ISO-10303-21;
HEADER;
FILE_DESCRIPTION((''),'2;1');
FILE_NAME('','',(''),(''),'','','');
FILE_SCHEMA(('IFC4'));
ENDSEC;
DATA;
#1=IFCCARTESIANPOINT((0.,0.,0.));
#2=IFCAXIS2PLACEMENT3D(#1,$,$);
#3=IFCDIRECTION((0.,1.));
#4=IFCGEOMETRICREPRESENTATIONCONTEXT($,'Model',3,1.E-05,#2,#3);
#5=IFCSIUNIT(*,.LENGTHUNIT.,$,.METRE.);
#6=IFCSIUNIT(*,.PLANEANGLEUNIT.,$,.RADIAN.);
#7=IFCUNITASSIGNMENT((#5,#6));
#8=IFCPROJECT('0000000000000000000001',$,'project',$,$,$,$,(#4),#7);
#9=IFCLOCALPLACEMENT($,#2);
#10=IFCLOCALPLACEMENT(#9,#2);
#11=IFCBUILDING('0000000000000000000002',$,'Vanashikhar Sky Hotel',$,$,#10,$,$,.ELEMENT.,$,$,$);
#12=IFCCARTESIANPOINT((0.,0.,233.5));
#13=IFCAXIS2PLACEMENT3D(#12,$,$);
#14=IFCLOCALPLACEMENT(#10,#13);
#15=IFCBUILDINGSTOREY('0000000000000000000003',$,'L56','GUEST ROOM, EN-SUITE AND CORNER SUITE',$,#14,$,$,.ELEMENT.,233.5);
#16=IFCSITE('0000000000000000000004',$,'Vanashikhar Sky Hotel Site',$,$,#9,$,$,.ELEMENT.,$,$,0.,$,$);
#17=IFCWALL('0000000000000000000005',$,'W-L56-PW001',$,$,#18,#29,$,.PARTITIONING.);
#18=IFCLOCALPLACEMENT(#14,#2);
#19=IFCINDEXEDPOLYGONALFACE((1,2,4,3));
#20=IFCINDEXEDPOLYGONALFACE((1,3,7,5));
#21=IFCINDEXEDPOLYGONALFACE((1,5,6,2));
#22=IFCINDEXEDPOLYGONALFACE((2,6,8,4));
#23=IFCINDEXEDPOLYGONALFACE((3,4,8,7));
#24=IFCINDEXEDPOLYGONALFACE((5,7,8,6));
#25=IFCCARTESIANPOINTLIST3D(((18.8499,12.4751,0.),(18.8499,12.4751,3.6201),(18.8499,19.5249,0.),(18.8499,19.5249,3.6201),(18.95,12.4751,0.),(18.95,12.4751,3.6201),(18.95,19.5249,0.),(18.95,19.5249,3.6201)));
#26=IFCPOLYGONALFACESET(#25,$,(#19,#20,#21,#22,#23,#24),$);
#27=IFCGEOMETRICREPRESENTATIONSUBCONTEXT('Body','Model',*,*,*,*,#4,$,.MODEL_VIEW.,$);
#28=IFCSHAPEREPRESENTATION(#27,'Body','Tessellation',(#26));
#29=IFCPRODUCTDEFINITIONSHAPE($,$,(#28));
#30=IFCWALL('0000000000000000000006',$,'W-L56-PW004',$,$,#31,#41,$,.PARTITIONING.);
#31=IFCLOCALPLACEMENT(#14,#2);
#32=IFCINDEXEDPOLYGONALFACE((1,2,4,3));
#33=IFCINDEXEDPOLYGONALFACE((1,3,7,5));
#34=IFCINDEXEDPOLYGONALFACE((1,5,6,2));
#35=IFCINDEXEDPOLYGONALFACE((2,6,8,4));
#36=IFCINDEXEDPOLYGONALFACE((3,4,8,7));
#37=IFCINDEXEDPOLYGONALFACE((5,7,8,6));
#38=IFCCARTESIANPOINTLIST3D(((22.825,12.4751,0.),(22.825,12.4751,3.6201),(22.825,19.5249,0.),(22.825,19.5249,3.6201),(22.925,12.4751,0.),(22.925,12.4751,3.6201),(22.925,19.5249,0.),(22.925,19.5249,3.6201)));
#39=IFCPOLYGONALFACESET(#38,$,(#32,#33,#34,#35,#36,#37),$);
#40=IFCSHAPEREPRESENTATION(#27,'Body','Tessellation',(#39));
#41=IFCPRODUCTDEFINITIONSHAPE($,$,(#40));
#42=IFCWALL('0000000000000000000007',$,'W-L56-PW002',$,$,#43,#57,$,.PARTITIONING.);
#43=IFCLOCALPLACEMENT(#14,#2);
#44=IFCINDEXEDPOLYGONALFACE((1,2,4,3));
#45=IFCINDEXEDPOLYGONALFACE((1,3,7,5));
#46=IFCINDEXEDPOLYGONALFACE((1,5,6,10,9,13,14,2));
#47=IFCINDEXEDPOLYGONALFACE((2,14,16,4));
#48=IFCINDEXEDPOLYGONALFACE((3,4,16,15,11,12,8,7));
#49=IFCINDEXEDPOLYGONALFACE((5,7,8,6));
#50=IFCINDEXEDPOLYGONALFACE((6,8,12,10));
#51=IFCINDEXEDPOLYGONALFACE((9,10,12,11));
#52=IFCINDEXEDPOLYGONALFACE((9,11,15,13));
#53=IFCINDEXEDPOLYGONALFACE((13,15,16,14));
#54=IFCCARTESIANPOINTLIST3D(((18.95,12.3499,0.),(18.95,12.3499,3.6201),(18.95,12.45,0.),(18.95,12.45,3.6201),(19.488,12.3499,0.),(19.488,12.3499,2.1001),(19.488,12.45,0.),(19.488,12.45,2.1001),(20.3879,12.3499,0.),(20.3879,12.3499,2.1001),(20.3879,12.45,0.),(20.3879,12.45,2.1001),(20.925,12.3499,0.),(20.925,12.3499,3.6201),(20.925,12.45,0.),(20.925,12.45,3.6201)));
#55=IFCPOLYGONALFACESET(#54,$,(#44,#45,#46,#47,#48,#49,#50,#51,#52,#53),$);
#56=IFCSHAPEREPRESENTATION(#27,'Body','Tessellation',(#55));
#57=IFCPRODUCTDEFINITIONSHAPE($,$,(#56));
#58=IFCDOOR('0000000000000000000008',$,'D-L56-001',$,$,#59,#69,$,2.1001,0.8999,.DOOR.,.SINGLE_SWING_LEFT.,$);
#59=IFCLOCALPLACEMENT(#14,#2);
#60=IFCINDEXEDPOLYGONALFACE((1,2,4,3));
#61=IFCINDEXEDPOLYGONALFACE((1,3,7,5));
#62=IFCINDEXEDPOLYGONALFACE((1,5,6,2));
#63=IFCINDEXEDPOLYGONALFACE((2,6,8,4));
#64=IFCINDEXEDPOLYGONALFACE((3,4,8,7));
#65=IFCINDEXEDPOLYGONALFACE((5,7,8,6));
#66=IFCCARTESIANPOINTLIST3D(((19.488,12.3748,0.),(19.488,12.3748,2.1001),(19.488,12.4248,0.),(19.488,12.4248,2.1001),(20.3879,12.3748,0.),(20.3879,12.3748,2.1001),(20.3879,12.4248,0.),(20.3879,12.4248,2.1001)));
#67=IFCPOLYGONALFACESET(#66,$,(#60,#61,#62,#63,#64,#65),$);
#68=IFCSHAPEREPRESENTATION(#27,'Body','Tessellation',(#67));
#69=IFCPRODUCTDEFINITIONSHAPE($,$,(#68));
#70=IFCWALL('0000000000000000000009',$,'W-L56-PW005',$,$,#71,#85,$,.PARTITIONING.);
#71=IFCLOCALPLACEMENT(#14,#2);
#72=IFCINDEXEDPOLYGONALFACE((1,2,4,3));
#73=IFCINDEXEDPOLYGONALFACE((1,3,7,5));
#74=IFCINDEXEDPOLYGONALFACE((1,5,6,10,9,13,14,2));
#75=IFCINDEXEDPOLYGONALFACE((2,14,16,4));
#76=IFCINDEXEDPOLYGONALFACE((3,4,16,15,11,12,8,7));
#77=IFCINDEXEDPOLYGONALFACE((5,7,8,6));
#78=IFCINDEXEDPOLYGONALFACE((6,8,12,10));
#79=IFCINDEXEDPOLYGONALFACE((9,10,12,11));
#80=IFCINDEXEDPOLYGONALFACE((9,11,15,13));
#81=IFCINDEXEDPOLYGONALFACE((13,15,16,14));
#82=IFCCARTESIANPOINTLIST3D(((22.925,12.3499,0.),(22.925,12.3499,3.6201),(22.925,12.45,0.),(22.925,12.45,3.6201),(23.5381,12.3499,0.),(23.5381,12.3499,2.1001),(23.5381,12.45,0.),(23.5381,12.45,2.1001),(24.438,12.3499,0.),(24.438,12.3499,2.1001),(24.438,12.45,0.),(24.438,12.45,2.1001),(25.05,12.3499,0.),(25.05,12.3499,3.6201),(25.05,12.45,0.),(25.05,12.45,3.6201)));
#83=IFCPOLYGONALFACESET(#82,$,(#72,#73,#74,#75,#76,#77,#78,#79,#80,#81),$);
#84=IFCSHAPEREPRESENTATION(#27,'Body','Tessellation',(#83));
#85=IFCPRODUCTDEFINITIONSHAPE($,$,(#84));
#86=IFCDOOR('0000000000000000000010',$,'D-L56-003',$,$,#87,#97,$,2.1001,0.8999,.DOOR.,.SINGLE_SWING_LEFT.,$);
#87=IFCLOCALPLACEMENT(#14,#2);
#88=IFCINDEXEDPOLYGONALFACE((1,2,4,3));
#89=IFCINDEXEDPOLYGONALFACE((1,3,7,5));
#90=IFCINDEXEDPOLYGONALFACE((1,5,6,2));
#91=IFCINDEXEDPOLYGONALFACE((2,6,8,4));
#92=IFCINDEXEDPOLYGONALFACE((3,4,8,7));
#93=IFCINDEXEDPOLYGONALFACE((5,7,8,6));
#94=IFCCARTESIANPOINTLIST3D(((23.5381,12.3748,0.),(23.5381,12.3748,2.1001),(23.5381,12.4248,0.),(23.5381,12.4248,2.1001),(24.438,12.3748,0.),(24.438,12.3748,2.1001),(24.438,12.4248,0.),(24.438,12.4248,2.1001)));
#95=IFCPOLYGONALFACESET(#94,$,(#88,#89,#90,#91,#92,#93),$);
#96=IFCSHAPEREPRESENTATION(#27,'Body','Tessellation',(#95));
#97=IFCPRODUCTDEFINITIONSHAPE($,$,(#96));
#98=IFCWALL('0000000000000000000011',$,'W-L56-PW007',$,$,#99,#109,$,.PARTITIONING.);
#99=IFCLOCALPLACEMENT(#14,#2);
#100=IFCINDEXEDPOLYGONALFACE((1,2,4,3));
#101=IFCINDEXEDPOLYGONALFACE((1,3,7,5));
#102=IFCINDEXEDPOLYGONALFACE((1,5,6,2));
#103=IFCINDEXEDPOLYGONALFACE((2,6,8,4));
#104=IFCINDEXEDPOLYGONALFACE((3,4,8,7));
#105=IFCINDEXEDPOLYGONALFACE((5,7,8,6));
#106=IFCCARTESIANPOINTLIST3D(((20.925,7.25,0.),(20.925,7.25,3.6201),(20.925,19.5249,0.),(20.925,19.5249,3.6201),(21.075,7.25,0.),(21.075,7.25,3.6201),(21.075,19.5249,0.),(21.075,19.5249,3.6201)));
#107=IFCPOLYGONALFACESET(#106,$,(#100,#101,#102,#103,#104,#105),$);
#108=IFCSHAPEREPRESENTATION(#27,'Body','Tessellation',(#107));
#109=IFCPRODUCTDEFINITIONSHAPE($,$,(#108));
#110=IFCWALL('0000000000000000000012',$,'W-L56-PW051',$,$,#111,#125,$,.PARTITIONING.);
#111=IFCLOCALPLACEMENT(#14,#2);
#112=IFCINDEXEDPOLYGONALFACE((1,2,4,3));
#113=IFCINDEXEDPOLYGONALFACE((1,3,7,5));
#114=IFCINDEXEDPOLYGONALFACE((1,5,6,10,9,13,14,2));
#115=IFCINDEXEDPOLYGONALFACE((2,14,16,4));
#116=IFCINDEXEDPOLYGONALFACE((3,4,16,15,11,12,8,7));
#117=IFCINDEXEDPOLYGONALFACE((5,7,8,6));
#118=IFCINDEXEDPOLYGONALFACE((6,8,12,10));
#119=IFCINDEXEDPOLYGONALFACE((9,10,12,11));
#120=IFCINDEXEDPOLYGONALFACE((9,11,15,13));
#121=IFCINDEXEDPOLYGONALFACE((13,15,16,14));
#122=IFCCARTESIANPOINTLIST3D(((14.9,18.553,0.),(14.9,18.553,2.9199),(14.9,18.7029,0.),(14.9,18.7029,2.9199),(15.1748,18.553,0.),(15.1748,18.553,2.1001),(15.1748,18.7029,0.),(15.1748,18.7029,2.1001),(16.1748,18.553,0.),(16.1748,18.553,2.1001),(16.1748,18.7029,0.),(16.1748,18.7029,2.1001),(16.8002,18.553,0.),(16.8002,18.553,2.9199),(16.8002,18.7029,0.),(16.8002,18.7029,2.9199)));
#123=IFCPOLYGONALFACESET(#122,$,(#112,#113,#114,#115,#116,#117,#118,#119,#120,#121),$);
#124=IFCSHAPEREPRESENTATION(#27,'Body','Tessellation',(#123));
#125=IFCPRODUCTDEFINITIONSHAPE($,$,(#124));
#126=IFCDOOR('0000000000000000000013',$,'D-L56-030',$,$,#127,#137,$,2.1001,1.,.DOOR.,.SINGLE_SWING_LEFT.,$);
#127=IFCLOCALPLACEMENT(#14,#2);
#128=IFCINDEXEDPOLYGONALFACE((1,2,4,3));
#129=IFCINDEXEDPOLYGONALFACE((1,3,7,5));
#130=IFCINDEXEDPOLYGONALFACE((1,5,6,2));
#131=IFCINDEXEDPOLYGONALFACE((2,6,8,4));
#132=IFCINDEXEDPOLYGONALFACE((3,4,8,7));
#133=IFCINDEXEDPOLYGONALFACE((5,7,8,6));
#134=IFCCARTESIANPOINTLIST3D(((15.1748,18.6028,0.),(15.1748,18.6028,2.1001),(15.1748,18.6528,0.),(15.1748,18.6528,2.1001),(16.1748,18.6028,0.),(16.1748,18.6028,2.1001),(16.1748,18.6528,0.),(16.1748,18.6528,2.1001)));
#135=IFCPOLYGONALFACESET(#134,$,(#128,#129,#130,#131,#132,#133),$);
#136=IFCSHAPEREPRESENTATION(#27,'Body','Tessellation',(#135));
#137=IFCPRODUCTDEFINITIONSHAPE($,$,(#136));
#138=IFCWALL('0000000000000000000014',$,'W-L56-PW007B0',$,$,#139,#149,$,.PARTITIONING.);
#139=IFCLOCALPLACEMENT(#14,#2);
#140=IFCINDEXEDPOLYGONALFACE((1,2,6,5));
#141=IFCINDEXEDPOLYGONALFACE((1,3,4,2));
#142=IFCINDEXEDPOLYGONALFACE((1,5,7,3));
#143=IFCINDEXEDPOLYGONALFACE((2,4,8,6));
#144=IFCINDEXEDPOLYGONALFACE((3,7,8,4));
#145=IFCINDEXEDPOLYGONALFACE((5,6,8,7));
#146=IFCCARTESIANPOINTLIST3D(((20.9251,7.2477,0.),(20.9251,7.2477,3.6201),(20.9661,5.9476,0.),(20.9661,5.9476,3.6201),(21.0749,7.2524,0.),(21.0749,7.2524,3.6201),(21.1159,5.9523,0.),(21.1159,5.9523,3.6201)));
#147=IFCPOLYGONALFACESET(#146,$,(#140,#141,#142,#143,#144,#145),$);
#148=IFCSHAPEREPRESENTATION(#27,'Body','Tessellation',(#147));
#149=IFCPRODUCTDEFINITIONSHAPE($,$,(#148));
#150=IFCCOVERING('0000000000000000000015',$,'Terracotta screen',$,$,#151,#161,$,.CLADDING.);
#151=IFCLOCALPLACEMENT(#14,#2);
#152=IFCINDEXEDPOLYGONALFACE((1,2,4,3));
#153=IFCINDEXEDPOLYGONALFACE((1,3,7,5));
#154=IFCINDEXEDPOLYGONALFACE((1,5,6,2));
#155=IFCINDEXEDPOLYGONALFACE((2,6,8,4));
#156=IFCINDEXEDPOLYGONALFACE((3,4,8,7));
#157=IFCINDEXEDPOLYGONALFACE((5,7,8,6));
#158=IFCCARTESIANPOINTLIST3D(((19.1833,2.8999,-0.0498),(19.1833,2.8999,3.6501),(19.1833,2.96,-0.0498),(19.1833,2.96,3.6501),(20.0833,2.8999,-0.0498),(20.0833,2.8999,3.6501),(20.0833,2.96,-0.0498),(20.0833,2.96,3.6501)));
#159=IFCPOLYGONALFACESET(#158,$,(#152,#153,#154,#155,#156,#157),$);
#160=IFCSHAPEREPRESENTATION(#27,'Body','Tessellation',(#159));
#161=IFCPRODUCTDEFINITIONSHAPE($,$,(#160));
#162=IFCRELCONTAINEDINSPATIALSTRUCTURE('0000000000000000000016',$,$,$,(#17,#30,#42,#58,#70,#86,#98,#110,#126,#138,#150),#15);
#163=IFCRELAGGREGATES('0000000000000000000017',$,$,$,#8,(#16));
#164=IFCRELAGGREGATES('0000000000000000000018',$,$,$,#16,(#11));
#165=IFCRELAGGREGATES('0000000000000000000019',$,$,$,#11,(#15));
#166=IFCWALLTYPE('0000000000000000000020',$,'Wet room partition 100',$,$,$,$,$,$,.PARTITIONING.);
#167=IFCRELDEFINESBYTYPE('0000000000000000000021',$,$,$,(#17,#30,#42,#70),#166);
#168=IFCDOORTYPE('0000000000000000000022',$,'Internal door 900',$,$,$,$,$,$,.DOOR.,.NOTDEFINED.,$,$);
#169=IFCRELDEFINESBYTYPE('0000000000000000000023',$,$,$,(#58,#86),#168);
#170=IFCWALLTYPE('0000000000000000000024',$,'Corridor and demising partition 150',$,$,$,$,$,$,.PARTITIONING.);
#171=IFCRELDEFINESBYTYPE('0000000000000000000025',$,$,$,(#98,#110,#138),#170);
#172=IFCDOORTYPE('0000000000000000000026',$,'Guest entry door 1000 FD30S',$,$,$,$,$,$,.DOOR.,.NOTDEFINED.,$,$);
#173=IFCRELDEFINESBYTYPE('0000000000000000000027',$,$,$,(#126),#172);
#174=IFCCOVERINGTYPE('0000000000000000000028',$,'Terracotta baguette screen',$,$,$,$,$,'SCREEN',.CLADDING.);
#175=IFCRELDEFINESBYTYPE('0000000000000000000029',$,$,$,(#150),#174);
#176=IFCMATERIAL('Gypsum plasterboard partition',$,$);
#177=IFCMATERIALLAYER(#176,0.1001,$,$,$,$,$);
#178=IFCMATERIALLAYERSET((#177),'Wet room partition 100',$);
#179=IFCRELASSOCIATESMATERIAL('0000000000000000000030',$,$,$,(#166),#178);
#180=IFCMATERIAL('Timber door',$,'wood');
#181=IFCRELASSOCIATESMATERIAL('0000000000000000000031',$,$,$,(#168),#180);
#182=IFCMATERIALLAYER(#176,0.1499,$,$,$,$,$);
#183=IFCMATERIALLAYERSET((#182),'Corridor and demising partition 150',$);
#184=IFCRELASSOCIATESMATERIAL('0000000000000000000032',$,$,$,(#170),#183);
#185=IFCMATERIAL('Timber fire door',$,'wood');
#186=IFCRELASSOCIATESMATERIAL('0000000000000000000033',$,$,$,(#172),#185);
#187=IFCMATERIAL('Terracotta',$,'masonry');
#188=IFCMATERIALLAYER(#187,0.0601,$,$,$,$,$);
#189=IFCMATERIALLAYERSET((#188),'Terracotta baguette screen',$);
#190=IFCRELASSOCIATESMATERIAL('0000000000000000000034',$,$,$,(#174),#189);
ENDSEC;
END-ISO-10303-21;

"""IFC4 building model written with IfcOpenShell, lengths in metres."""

from ifc_helpers import new_model, si_unit, direction, frame, frame_2d, origin, origin_2d, place, context, subcontext, project, spatial, rectangle, extrude, source, transform, mapped, material, layer, layer_set, type_object, element, fill, save


model = new_model("IFC4")

# Units and contexts
model_context = context("Model", 3, precision=1e-05, world=origin(), true_north=direction((0.0, 1.0)))
body_context = subcontext(model_context, "Body", "Model", "MODEL_VIEW")
ifc_project = project(units=[si_unit("LENGTHUNIT", "METRE"), si_unit("PLANEANGLEUNIT", "RADIAN")], contexts=[model_context])

# Site, building, storey
site_placement = place(None, origin())
site = spatial("IfcSite", under=ifc_project, at=site_placement, Name="Vanashikhar Sky Hotel Site", CompositionType="ELEMENT", RefElevation=0.0)
building_placement = place(site_placement, origin())
building = spatial("IfcBuilding", under=site, at=building_placement, Name="Vanashikhar Sky Hotel", CompositionType="ELEMENT")
storey_placement = place(building_placement, frame((0.0, 0.0, 233.5)))
storey = spatial("IfcBuildingStorey", under=building, at=storey_placement, Name="L56", Description="GUEST ROOM, EN-SUITE AND CORNER SUITE", CompositionType="ELEMENT", Elevation=233.5)

# Walls
ifc_material_1 = material(Name="Gypsum plasterboard partition")
ifc_layer_1 = layer(ifc_material_1, 0.1001)
ifc_layer_set_1 = layer_set([ifc_layer_1], Name="Wet room partition 100")
wall_type_1 = type_object("IfcWallType", Name="Wet room partition 100", PredefinedType="PARTITIONING", material=ifc_layer_set_1)
shared_shape_1 = source(origin(), body_context, "Body", "SweptSolid", [
    extrude(rectangle(XDim=7.0498, YDim=0.1001, at=frame_2d((3.5249, 0.0))), origin(), (0.0, 0.0, 1.0), 3.6201),
])
for number, where, z_axis, x_axis, name in (
    (1, (18.8999, 12.4751, 0.0), (0.0, 0.0, 1.0), (0.0, 1.0, 0.0), "W-L56-PW001"),
    (2, (22.875, 12.4751, 0.0), (0.0, 0.0, 1.0), (0.0, 1.0, 0.0), "W-L56-PW004"),
):
    element("IfcWall", number, at=place(storey_placement, frame(where, z_axis=z_axis, x_axis=x_axis)), inside=storey, type_object=wall_type_1, Name=name, PredefinedType="PARTITIONING", context=body_context, shape_type="MappedRepresentation", body=[
        mapped(shared_shape_1, transform((0.0, 0.0, 0.0), scale=1.0)),
    ])

# Walls, openings, doors
shared_shape_2 = source(origin(), body_context, "Body", "SweptSolid", [
    extrude(rectangle(XDim=1.9751, YDim=0.1001, at=frame_2d((0.9875, 0.0))), origin(), (0.0, 0.0, 1.0), 3.6201),
])
wall_1_placement = place(storey_placement, frame((18.95, 12.3999, 0.0), z_axis=(0.0, 0.0, 1.0), x_axis=(1.0, 0.0, 0.0)))
wall_1 = element("IfcWall", 3, at=wall_1_placement, inside=storey, type_object=wall_type_1, Name="W-L56-PW002", PredefinedType="PARTITIONING", context=body_context, shape_type="MappedRepresentation", body=[
    mapped(shared_shape_2, transform((0.0, 0.0, 0.0), scale=1.0)),
])
shared_shape_3 = source(origin(), body_context, "Body", "SweptSolid", [
    extrude(rectangle(XDim=0.8999, YDim=2.1001, at=frame_2d((0.45, 1.05))), frame((0.0, 0.0601, 0.0), z_axis=(0.0, -1.0, 0.0), x_axis=(1.0, 0.0, 0.0)), (0.0, 0.0, 1.0), 0.1201),
])
opening_1_placement = place(wall_1_placement, frame((0.5381, 0.0, 0.0)))
opening_1 = element("IfcOpeningElement", 4, at=opening_1_placement, cuts=wall_1, PredefinedType="OPENING", context=body_context, shape_type="MappedRepresentation", body=[
    mapped(shared_shape_3, transform((0.0, 0.0, 0.0), scale=1.0)),
])
ifc_material_2 = material(Name="Timber door", Category="wood")
door_type_1 = type_object("IfcDoorType", Name="Internal door 900", OperationType="NOTDEFINED", PredefinedType="DOOR", material=ifc_material_2)
shared_shape_4 = source(origin(), body_context, "Body", "SweptSolid", [
    extrude(rectangle(XDim=0.8999, YDim=2.1001, at=frame_2d((0.45, 1.05))), frame((0.0, 0.0249, 0.0), z_axis=(0.0, -1.0, 0.0), x_axis=(1.0, 0.0, 0.0)), (0.0, 0.0, 1.0), 0.05),
])
door_1_placement = place(opening_1_placement, origin())
door_1 = element("IfcDoor", 5, at=door_1_placement, inside=storey, type_object=door_type_1, Name="D-L56-001", OperationType="SINGLE_SWING_LEFT", OverallHeight=2.1001, OverallWidth=0.8999, PredefinedType="DOOR", context=body_context, shape_type="MappedRepresentation", body=[
    mapped(shared_shape_4, transform((0.0, 0.0, 0.0), scale=1.0)),
])
fill(opening_1, door_1)
shared_shape_5 = source(origin(), body_context, "Body", "SweptSolid", [
    extrude(rectangle(XDim=2.125, YDim=0.1001, at=frame_2d((1.0625, 0.0))), origin(), (0.0, 0.0, 1.0), 3.6201),
])
wall_2_placement = place(storey_placement, frame((22.925, 12.3999, 0.0), z_axis=(0.0, 0.0, 1.0), x_axis=(1.0, 0.0, 0.0)))
wall_2 = element("IfcWall", 6, at=wall_2_placement, inside=storey, type_object=wall_type_1, Name="W-L56-PW005", PredefinedType="PARTITIONING", context=body_context, shape_type="MappedRepresentation", body=[
    mapped(shared_shape_5, transform((0.0, 0.0, 0.0), scale=1.0)),
])
opening_2_placement = place(wall_2_placement, frame((0.613, 0.0, 0.0)))
opening_2 = element("IfcOpeningElement", 7, at=opening_2_placement, cuts=wall_2, PredefinedType="OPENING", context=body_context, shape_type="MappedRepresentation", body=[
    mapped(shared_shape_3, transform((0.0, 0.0, 0.0), scale=1.0)),
])
door_2_placement = place(opening_2_placement, origin())
door_2 = element("IfcDoor", 8, at=door_2_placement, inside=storey, type_object=door_type_1, Name="D-L56-003", OperationType="SINGLE_SWING_LEFT", OverallHeight=2.1001, OverallWidth=0.8999, PredefinedType="DOOR", context=body_context, shape_type="MappedRepresentation", body=[
    mapped(shared_shape_4, transform((0.0, 0.0, 0.0), scale=1.0)),
])
fill(opening_2, door_2)

# Wall
ifc_layer_2 = layer(ifc_material_1, 0.1499)
ifc_layer_set_2 = layer_set([ifc_layer_2], Name="Corridor and demising partition 150")
wall_type_2 = type_object("IfcWallType", Name="Corridor and demising partition 150", PredefinedType="PARTITIONING", material=ifc_layer_set_2)
shared_shape_6 = source(origin(), body_context, "Body", "SweptSolid", [
    extrude(rectangle(XDim=12.2749, YDim=0.1499, at=frame_2d((6.1375, 0.0))), origin(), (0.0, 0.0, 1.0), 3.6201),
])
wall_3_placement = place(storey_placement, frame((21.0, 7.25, 0.0), z_axis=(0.0, 0.0, 1.0), x_axis=(0.0, 1.0, 0.0)))
element("IfcWall", 9, at=wall_3_placement, inside=storey, type_object=wall_type_2, Name="W-L56-PW007", PredefinedType="PARTITIONING", context=body_context, shape_type="MappedRepresentation", body=[
    mapped(shared_shape_6, transform((0.0, 0.0, 0.0), scale=1.0)),
])

# Wall, opening, door
shared_shape_7 = source(origin(), body_context, "Body", "SweptSolid", [
    extrude(rectangle(XDim=1.9001, YDim=0.1499, at=frame_2d((0.9502, 0.0))), origin(), (0.0, 0.0, 1.0), 2.9199),
])
wall_4_placement = place(storey_placement, frame((14.8999, 18.6279, 0.0), z_axis=(0.0, 0.0, 1.0), x_axis=(1.0, 0.0, 0.0)))
wall_4 = element("IfcWall", 10, at=wall_4_placement, inside=storey, type_object=wall_type_2, Name="W-L56-PW051", PredefinedType="PARTITIONING", context=body_context, shape_type="MappedRepresentation", body=[
    mapped(shared_shape_7, transform((0.0, 0.0, 0.0), scale=1.0)),
])
shared_shape_8 = source(origin(), body_context, "Body", "SweptSolid", [
    extrude(rectangle(XDim=1.0, YDim=2.1001, at=frame_2d((0.5, 1.05))), frame((0.0, 0.085, 0.0), z_axis=(0.0, -1.0, 0.0), x_axis=(1.0, 0.0, 0.0)), (0.0, 0.0, 1.0), 0.1699),
])
opening_3_placement = place(wall_4_placement, frame((0.2749, 0.0, 0.0)))
opening_3 = element("IfcOpeningElement", 11, at=opening_3_placement, cuts=wall_4, PredefinedType="OPENING", context=body_context, shape_type="MappedRepresentation", body=[
    mapped(shared_shape_8, transform((0.0, 0.0, 0.0), scale=1.0)),
])
ifc_material_3 = material(Name="Timber fire door", Category="wood")
door_type_2 = type_object("IfcDoorType", Name="Guest entry door 1000 FD30S", OperationType="NOTDEFINED", PredefinedType="DOOR", material=ifc_material_3)
shared_shape_9 = source(origin(), body_context, "Body", "SweptSolid", [
    extrude(rectangle(XDim=1.0, YDim=2.1001, at=frame_2d((0.5, 1.05))), frame((0.0, 0.0249, 0.0), z_axis=(0.0, -1.0, 0.0), x_axis=(1.0, 0.0, 0.0)), (0.0, 0.0, 1.0), 0.05),
])
door_3_placement = place(opening_3_placement, origin())
door_3 = element("IfcDoor", 12, at=door_3_placement, inside=storey, type_object=door_type_2, Name="D-L56-030", OperationType="SINGLE_SWING_LEFT", OverallHeight=2.1001, OverallWidth=1.0, PredefinedType="DOOR", context=body_context, shape_type="MappedRepresentation", body=[
    mapped(shared_shape_9, transform((0.0, 0.0, 0.0), scale=1.0)),
])
fill(opening_3, door_3)

# Wall
shared_shape_10 = source(origin(), body_context, "Body", "SweptSolid", [
    extrude(rectangle(XDim=1.3008, YDim=0.1499, at=frame_2d((0.6504, 0.0))), origin(), (0.0, 0.0, 1.0), 3.6201),
])
wall_5_placement = place(storey_placement, frame((21.041, 5.95, 0.0), z_axis=(0.0, 0.0, 1.0), x_axis=(-0.031534, 0.999503, 0.0)))
element("IfcWall", 13, at=wall_5_placement, inside=storey, type_object=wall_type_2, Name="W-L56-PW007B0", PredefinedType="PARTITIONING", context=body_context, shape_type="MappedRepresentation", body=[
    mapped(shared_shape_10, transform((0.0, 0.0, 0.0), scale=1.0)),
])

# Covering
ifc_material_4 = material(Name="Terracotta", Category="masonry")
ifc_layer_3 = layer(ifc_material_4, 0.0601)
ifc_layer_set_3 = layer_set([ifc_layer_3], Name="Terracotta baguette screen")
covering_type = type_object("IfcCoveringType", Name="Terracotta baguette screen", ElementType="SCREEN", PredefinedType="CLADDING", material=ifc_layer_set_3)
shared_shape_11 = source(origin(), body_context, "Body", "SweptSolid", [
    extrude(rectangle(XDim=0.8999, YDim=0.0601, at=origin_2d()), origin(), (0.0, 0.0, 1.0), 3.7),
])
for number, where, z_axis, x_axis, name in (
    (14, (19.6333, 2.9299, -0.0498), (0.0, 0.0, 1.0), (1.0, 0.0, 0.0), "Terracotta screen"),
):
    element("IfcCovering", number, at=place(storey_placement, frame(where, z_axis=z_axis, x_axis=x_axis)), inside=storey, type_object=covering_type, Name=name, PredefinedType="CLADDING", context=body_context, shape_type="MappedRepresentation", body=[
        mapped(shared_shape_11, transform((0.0, 0.0, 0.0), scale=1.0)),
    ])

save(model, "model.ifc")
